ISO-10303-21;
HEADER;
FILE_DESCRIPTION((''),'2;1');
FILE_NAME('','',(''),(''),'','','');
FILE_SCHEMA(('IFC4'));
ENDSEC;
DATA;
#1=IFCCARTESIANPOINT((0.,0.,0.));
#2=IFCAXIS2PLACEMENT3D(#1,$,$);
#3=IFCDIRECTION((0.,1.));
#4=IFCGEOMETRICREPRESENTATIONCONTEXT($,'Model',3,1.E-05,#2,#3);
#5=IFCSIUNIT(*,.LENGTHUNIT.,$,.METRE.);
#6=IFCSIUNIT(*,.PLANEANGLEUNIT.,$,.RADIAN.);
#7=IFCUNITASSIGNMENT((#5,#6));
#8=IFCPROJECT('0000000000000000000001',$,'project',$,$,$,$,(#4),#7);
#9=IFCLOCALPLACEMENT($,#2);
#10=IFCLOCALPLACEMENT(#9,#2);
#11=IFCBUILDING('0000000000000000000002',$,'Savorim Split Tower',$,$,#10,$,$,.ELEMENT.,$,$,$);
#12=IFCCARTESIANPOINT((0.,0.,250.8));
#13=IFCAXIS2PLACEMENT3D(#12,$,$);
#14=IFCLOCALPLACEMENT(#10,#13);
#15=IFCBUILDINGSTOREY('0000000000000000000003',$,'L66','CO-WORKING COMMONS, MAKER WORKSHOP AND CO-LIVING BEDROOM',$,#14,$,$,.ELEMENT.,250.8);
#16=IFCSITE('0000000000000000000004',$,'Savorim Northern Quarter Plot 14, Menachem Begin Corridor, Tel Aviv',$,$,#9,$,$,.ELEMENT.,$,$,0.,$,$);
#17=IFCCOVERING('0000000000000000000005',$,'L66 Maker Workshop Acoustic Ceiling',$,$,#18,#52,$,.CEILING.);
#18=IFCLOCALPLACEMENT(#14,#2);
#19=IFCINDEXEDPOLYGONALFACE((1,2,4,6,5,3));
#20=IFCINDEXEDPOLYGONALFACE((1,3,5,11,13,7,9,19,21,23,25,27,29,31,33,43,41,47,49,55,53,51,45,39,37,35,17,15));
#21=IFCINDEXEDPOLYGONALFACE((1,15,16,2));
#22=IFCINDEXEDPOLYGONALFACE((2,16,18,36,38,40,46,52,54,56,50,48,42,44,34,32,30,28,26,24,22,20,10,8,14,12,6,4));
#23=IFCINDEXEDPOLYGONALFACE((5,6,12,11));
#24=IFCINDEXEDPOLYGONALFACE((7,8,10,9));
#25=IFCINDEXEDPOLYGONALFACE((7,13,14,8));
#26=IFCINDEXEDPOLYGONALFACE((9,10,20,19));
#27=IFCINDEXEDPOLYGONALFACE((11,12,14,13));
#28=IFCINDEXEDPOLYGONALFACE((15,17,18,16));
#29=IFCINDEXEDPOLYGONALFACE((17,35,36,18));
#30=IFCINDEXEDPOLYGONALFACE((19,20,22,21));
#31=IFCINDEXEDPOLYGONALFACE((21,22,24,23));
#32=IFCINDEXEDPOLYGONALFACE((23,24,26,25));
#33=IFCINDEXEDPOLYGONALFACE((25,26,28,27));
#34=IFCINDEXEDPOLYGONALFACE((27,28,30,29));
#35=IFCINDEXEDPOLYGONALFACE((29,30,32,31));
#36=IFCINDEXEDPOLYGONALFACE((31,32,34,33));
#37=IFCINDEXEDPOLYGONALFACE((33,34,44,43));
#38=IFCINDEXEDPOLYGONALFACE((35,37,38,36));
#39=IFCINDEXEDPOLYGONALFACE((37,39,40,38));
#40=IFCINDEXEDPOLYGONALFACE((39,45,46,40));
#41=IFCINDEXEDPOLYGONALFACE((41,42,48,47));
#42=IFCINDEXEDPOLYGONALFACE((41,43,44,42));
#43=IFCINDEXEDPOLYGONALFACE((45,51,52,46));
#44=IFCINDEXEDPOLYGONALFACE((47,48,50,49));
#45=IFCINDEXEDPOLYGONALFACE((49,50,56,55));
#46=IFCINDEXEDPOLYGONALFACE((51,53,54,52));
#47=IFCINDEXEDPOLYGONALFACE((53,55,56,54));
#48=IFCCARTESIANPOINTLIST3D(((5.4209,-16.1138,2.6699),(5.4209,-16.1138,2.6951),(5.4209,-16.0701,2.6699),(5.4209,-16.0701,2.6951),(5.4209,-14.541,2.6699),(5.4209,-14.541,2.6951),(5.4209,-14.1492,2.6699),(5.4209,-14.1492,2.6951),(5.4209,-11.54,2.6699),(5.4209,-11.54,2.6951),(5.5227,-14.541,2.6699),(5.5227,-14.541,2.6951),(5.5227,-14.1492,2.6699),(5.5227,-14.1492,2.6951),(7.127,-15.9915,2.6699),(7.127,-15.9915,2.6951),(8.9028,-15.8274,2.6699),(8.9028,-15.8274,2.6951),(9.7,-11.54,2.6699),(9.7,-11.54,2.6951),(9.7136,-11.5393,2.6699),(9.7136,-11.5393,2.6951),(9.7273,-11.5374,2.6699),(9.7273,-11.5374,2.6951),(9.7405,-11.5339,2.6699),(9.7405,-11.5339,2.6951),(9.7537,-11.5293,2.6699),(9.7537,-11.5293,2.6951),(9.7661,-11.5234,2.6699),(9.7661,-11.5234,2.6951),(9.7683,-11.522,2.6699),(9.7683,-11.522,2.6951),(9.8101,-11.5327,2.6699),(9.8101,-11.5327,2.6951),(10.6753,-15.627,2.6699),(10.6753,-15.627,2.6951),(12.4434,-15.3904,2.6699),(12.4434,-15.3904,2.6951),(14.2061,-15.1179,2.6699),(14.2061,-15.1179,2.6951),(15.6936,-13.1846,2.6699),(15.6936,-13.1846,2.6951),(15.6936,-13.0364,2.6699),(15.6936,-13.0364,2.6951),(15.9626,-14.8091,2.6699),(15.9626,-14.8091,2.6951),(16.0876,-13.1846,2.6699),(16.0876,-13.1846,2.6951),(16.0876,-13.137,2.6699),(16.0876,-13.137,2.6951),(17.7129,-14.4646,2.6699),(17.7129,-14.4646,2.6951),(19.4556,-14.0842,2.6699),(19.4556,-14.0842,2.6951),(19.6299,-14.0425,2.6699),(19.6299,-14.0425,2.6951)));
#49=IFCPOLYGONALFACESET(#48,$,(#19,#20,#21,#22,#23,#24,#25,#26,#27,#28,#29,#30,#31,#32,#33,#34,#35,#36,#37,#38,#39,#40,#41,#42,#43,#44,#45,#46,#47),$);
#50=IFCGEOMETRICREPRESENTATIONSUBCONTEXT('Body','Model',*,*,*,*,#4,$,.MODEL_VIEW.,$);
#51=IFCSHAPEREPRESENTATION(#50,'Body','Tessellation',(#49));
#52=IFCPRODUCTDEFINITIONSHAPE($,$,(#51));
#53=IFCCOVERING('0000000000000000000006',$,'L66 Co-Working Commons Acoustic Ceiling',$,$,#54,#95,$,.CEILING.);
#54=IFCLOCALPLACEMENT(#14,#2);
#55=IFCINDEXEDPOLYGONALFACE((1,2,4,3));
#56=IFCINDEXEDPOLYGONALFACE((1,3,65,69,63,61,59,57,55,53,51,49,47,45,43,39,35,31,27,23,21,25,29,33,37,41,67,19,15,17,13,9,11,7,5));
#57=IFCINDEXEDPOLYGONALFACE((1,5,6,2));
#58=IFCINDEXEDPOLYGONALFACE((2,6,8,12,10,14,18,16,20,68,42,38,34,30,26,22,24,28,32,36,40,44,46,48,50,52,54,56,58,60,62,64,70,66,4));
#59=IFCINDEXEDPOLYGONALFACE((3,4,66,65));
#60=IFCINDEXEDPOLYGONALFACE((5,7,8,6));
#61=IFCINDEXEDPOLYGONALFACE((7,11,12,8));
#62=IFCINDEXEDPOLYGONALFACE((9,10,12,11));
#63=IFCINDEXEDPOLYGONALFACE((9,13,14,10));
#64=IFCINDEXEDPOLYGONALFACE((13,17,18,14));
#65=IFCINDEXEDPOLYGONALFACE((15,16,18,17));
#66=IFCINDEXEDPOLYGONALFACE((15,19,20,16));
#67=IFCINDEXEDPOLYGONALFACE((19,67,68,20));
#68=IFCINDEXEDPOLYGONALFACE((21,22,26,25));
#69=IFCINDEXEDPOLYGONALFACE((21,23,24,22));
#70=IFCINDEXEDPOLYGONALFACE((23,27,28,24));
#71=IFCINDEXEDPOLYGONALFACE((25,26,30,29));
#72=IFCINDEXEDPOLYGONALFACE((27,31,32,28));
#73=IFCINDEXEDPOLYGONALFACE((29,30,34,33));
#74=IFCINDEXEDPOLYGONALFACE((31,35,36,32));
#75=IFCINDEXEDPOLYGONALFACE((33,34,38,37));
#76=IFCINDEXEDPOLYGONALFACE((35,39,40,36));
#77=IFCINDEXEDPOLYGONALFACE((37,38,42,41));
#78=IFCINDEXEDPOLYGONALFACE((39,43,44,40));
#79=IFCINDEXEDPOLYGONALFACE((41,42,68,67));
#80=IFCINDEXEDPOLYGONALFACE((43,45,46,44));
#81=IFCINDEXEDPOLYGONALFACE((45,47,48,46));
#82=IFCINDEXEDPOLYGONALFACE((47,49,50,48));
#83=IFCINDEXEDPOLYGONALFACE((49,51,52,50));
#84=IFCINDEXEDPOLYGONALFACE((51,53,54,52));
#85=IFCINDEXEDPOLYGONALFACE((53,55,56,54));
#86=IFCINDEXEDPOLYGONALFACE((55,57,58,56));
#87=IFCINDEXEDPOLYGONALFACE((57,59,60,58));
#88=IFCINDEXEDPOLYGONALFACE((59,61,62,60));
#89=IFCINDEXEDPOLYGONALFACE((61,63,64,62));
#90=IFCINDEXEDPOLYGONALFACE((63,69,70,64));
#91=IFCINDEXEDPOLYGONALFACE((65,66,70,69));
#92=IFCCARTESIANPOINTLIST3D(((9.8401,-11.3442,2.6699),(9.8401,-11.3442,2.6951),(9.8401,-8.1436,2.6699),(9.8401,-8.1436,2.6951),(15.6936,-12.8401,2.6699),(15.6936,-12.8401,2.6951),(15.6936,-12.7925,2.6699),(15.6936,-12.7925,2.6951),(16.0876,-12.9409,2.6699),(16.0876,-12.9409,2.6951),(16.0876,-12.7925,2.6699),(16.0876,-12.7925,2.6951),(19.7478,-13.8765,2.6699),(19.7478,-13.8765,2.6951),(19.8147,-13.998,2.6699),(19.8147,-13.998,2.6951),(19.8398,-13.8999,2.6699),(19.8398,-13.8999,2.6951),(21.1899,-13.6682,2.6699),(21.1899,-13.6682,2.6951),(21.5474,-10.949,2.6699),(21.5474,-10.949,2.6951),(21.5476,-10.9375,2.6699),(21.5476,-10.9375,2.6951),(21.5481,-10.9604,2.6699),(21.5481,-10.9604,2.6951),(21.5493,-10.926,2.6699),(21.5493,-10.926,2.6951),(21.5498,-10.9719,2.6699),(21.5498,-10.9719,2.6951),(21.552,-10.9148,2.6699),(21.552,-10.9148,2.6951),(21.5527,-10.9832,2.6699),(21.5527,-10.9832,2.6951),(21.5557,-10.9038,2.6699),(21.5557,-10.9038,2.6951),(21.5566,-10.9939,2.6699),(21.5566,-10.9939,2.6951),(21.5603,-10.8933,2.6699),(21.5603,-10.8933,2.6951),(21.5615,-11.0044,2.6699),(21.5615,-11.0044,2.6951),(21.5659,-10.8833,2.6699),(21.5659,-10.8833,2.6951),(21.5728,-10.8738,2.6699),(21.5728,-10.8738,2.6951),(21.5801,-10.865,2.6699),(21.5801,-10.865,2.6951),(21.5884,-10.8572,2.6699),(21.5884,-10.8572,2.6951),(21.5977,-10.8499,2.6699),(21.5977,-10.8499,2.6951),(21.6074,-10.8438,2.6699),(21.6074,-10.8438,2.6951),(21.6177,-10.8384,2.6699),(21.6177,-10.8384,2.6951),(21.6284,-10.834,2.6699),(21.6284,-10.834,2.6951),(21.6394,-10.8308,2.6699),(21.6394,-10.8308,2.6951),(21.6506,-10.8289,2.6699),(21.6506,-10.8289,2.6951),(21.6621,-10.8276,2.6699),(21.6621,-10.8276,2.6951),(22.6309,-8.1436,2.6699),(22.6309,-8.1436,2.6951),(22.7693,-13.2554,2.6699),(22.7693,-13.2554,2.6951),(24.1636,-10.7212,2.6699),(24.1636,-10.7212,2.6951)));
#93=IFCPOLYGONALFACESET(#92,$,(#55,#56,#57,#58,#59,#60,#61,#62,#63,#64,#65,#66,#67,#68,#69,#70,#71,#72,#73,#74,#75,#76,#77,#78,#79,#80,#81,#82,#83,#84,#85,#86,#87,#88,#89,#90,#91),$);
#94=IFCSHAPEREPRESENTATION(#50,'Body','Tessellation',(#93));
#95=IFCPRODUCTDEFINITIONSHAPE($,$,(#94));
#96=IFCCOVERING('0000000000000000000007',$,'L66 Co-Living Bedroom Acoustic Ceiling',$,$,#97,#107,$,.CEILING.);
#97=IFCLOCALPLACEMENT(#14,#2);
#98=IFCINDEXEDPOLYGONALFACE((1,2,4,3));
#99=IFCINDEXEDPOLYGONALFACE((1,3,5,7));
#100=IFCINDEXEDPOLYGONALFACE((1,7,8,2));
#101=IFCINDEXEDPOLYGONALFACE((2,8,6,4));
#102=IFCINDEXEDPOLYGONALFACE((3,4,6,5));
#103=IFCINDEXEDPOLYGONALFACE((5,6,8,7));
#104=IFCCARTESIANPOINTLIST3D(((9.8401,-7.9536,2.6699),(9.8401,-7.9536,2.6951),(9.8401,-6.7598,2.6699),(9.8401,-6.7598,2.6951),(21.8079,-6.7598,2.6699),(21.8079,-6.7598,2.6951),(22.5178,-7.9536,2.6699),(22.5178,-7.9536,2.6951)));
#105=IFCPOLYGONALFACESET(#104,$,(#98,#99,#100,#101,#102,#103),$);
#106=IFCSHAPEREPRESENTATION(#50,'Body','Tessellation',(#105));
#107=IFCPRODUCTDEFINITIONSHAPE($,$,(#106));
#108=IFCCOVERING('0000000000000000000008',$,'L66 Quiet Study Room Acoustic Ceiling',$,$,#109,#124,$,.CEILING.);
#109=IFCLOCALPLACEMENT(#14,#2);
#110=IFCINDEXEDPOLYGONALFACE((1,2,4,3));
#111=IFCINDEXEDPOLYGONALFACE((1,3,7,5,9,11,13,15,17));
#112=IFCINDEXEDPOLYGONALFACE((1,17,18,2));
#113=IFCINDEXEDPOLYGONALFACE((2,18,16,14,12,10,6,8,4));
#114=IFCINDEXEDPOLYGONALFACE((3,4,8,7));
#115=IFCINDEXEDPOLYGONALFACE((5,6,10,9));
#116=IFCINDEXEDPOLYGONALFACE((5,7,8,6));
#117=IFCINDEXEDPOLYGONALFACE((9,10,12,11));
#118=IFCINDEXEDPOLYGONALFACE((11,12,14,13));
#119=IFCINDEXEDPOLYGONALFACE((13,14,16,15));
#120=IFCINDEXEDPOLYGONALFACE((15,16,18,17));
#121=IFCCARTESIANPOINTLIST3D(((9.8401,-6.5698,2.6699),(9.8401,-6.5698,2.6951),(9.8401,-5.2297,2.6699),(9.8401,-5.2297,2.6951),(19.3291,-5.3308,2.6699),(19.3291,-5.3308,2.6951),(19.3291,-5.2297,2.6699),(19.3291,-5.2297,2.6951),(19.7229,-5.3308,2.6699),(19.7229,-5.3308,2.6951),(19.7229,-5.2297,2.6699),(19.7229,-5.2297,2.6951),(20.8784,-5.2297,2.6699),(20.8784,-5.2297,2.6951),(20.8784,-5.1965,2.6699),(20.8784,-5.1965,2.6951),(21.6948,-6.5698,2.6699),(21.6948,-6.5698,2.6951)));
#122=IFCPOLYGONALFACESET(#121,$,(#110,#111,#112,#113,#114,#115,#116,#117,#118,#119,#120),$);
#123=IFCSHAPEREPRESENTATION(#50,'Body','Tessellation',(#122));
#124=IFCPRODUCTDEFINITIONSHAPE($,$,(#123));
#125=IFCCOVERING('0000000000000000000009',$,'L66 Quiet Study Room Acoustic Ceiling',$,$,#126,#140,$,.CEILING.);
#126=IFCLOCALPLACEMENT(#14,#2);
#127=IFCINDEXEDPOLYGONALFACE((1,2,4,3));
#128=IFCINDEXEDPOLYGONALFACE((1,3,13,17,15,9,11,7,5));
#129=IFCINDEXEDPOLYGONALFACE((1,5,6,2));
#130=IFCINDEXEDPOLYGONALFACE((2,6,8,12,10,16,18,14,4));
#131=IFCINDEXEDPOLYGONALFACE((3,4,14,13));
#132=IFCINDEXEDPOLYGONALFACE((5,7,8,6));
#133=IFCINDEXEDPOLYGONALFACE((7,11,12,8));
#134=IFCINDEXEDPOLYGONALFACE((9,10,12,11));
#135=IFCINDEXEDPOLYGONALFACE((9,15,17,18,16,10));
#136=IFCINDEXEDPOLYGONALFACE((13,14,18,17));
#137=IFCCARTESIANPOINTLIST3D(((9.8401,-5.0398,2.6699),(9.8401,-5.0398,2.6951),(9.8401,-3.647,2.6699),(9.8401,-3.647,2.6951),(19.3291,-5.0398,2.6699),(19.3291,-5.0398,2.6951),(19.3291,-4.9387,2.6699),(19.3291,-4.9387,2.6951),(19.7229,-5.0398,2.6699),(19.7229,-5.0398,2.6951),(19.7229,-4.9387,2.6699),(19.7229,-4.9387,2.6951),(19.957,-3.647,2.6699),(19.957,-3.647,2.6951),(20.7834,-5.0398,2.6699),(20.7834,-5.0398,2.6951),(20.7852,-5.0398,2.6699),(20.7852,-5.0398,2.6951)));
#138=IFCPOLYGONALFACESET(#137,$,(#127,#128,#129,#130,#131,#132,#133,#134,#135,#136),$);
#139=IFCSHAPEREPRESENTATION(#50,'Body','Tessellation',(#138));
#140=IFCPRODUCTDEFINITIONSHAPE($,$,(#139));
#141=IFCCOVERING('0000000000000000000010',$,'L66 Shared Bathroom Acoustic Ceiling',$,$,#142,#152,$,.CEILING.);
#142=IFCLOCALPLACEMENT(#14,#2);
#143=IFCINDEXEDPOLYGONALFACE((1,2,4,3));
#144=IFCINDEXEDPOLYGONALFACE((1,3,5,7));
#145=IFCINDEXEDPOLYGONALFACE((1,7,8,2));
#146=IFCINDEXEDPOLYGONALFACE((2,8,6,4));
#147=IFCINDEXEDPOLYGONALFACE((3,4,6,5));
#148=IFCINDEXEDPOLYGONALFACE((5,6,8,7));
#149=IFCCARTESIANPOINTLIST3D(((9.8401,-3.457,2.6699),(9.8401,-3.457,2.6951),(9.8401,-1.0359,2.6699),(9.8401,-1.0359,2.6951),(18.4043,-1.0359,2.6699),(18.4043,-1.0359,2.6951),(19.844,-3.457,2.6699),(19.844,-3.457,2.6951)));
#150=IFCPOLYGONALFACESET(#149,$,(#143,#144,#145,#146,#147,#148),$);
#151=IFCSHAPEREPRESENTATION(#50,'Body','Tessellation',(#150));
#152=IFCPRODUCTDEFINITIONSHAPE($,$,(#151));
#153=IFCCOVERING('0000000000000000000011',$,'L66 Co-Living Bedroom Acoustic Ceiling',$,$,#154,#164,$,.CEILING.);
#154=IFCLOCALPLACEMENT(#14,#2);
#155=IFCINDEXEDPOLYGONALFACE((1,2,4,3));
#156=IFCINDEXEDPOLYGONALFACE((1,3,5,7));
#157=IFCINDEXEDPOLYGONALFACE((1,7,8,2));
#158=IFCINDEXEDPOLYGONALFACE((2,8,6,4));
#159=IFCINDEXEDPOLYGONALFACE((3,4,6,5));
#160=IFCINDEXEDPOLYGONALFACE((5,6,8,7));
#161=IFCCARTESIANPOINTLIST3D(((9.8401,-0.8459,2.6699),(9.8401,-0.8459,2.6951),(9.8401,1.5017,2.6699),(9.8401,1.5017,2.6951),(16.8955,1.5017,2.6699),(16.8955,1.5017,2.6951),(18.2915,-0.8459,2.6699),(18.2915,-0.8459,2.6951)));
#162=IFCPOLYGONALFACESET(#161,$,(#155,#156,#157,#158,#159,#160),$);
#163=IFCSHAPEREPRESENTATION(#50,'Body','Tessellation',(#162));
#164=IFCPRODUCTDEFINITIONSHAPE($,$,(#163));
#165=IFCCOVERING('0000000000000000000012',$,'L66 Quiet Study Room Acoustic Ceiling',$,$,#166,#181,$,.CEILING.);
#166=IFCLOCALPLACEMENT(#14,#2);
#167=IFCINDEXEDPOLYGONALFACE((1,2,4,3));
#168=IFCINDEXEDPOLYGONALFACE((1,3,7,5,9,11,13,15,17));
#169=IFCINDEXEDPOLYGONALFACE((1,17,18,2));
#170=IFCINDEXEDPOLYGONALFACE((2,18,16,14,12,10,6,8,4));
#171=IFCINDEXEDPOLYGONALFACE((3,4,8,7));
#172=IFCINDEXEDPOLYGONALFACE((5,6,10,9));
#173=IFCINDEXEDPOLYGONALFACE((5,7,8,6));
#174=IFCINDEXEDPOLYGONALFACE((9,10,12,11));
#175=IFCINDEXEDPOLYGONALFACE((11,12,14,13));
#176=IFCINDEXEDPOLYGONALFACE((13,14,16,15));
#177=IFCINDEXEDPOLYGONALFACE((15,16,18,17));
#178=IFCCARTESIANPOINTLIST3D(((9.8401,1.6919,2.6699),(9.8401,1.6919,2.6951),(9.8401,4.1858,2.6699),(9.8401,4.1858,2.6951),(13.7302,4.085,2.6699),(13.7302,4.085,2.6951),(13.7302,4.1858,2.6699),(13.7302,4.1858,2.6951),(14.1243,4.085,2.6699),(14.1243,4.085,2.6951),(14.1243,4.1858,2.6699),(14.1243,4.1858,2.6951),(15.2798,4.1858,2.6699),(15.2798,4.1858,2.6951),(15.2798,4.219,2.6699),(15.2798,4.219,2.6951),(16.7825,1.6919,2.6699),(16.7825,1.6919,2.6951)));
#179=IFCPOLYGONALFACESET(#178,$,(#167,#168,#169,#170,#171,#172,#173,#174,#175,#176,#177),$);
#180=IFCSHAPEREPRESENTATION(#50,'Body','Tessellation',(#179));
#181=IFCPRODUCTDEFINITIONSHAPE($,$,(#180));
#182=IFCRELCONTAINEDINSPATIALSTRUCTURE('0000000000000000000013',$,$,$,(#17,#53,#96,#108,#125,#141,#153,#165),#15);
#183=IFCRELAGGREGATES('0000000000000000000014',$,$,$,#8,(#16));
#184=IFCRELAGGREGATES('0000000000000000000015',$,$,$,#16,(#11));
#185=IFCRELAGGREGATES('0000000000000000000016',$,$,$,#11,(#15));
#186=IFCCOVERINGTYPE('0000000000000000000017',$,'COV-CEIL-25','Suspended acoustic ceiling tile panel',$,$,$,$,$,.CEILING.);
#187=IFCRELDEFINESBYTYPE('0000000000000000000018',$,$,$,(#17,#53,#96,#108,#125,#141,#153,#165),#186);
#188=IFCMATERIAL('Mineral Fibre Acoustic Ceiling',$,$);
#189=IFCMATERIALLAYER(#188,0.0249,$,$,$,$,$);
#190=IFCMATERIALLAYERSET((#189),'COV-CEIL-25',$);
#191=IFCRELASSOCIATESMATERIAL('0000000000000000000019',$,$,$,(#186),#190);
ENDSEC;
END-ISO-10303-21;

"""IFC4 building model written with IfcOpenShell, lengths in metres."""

from ifc_helpers import new_model, si_unit, direction, frame, origin, place, context, subcontext, project, spatial, polyline, outline, extrude, material, layer, layer_set, type_object, element, save


model = new_model("IFC4")

# Units and contexts
model_context = context("Model", 3, precision=1e-05, world=origin(), true_north=direction((0.0, 1.0)))
body_context = subcontext(model_context, "Body", "Model", "MODEL_VIEW")
ifc_project = project(units=[si_unit("LENGTHUNIT", "METRE"), si_unit("PLANEANGLEUNIT", "RADIAN")], contexts=[model_context])

# Site, building, storey
site_placement = place(None, origin())
site = spatial("IfcSite", under=ifc_project, at=site_placement, Name="Savorim Northern Quarter Plot 14, Menachem Begin Corridor, Tel Aviv", CompositionType="ELEMENT", RefElevation=0.0)
building_placement = place(site_placement, origin())
building = spatial("IfcBuilding", under=site, at=building_placement, Name="Savorim Split Tower", CompositionType="ELEMENT")
storey_placement = place(building_placement, frame((0.0, 0.0, 250.8)))
storey = spatial("IfcBuildingStorey", under=building, at=storey_placement, Name="L66", Description="CO-WORKING COMMONS, MAKER WORKSHOP AND CO-LIVING BEDROOM", CompositionType="ELEMENT", Elevation=250.8)

# Coverings
ifc_material_1 = material(Name="Mineral Fibre Acoustic Ceiling")
ifc_layer_1 = layer(ifc_material_1, 0.0249)
ifc_layer_set_1 = layer_set([ifc_layer_1], Name="COV-CEIL-25")
covering_type_1 = type_object("IfcCoveringType", Name="COV-CEIL-25", Description="Suspended acoustic ceiling tile panel", PredefinedType="CEILING", material=ifc_layer_set_1)
covering_1_placement = place(storey_placement, frame((0.0, 0.0, 2.6699)))
element("IfcCovering", 1, at=covering_1_placement, inside=storey, type_object=covering_type_1, Name="L66 Maker Workshop Acoustic Ceiling", PredefinedType="CEILING", context=body_context, shape_type="SweptSolid", body=[
    extrude(outline(polyline([(14.2061, -15.1179), (15.9626, -14.8091), (17.7129, -14.4646), (19.4556, -14.0842), (19.6299, -14.0425), (16.0876, -13.137), (16.0876, -13.1846), (15.6936, -13.1846), (15.6936, -13.0364), (9.8101, -11.5327), (9.7683, -11.522), (9.7661, -11.5234), (9.7537, -11.5293), (9.7405, -11.5339), (9.7273, -11.5374), (9.7136, -11.5393), (9.7, -11.54), (5.4209, -11.54), (5.4209, -14.1492), (5.5227, -14.1492), (5.5227, -14.541), (5.4209, -14.541), (5.4209, -16.0701), (5.4209, -16.1138), (7.127, -15.9915), (8.9028, -15.8274), (10.6753, -15.627), (12.4434, -15.3904), (14.2061, -15.1179)])), origin(), (0.0, 0.0, 1.0), 0.0251),
])
covering_2_placement = place(storey_placement, frame((0.0, 0.0, 2.6699)))
element("IfcCovering", 2, at=covering_2_placement, inside=storey, type_object=covering_type_1, Name="L66 Co-Working Commons Acoustic Ceiling", PredefinedType="CEILING", context=body_context, shape_type="SweptSolid", body=[
    extrude(outline(polyline([(21.6394, -10.8308), (21.6506, -10.8289), (21.6621, -10.8276), (24.1636, -10.7212), (22.6309, -8.1436), (9.8401, -8.1436), (9.8401, -11.3442), (15.6936, -12.8401), (15.6936, -12.7925), (16.0876, -12.7925), (16.0876, -12.9409), (19.7478, -13.8765), (19.8398, -13.8999), (19.8147, -13.998), (21.1899, -13.6682), (22.7693, -13.2554), (21.5615, -11.0044), (21.5566, -10.9939), (21.5527, -10.9832), (21.5498, -10.9719), (21.5481, -10.9604), (21.5474, -10.949), (21.5476, -10.9375), (21.5493, -10.926), (21.552, -10.9148), (21.5557, -10.9038), (21.5603, -10.8933), (21.5659, -10.8833), (21.5728, -10.8738), (21.5801, -10.865), (21.5884, -10.8572), (21.5977, -10.8499), (21.6074, -10.8438), (21.6177, -10.8384), (21.6284, -10.834), (21.6394, -10.8308)])), origin(), (0.0, 0.0, 1.0), 0.0251),
])
covering_3_placement = place(storey_placement, frame((0.0, 0.0, 2.6699)))
element("IfcCovering", 3, at=covering_3_placement, inside=storey, type_object=covering_type_1, Name="L66 Co-Living Bedroom Acoustic Ceiling", PredefinedType="CEILING", context=body_context, shape_type="SweptSolid", body=[
    extrude(outline(polyline([(22.5178, -7.9536), (21.8079, -6.7598), (9.8401, -6.7598), (9.8401, -7.9536), (22.5178, -7.9536)])), origin(), (0.0, 0.0, 1.0), 0.0251),
])
covering_4_placement = place(storey_placement, frame((0.0, 0.0, 2.6699)))
element("IfcCovering", 4, at=covering_4_placement, inside=storey, type_object=covering_type_1, Name="L66 Quiet Study Room Acoustic Ceiling", PredefinedType="CEILING", context=body_context, shape_type="SweptSolid", body=[
    extrude(outline(polyline([(19.3291, -5.3308), (19.3291, -5.2297), (9.8401, -5.2297), (9.8401, -6.5698), (21.6948, -6.5698), (20.8784, -5.1965), (20.8784, -5.2297), (19.7229, -5.2297), (19.7229, -5.3308), (19.3291, -5.3308)])), origin(), (0.0, 0.0, 1.0), 0.0251),
])
covering_5_placement = place(storey_placement, frame((0.0, 0.0, 2.6699)))
element("IfcCovering", 5, at=covering_5_placement, inside=storey, type_object=covering_type_1, Name="L66 Quiet Study Room Acoustic Ceiling", PredefinedType="CEILING", context=body_context, shape_type="SweptSolid", body=[
    extrude(outline(polyline([(19.7229, -4.9387), (19.7229, -5.0398), (20.7834, -5.0398), (20.7852, -5.0398), (19.957, -3.647), (9.8401, -3.647), (9.8401, -5.0398), (19.3291, -5.0398), (19.3291, -4.9387), (19.7229, -4.9387)])), origin(), (0.0, 0.0, 1.0), 0.0251),
])
covering_6_placement = place(storey_placement, frame((0.0, 0.0, 2.6699)))
element("IfcCovering", 6, at=covering_6_placement, inside=storey, type_object=covering_type_1, Name="L66 Shared Bathroom Acoustic Ceiling", PredefinedType="CEILING", context=body_context, shape_type="SweptSolid", body=[
    extrude(outline(polyline([(19.844, -3.457), (18.4043, -1.0359), (9.8401, -1.0359), (9.8401, -3.457), (19.844, -3.457)])), origin(), (0.0, 0.0, 1.0), 0.0251),
])
covering_7_placement = place(storey_placement, frame((0.0, 0.0, 2.6699)))
element("IfcCovering", 7, at=covering_7_placement, inside=storey, type_object=covering_type_1, Name="L66 Co-Living Bedroom Acoustic Ceiling", PredefinedType="CEILING", context=body_context, shape_type="SweptSolid", body=[
    extrude(outline(polyline([(18.2915, -0.8459), (16.8955, 1.5017), (9.8401, 1.5017), (9.8401, -0.8459), (18.2915, -0.8459)])), origin(), (0.0, 0.0, 1.0), 0.0251),
])
covering_8_placement = place(storey_placement, frame((0.0, 0.0, 2.6699)))
element("IfcCovering", 8, at=covering_8_placement, inside=storey, type_object=covering_type_1, Name="L66 Quiet Study Room Acoustic Ceiling", PredefinedType="CEILING", context=body_context, shape_type="SweptSolid", body=[
    extrude(outline(polyline([(13.7302, 4.085), (13.7302, 4.1858), (9.8401, 4.1858), (9.8401, 1.6919), (16.7825, 1.6919), (15.2798, 4.219), (15.2798, 4.1858), (14.1243, 4.1858), (14.1243, 4.085), (13.7302, 4.085)])), origin(), (0.0, 0.0, 1.0), 0.0251),
])

save(model, "model.ifc")
